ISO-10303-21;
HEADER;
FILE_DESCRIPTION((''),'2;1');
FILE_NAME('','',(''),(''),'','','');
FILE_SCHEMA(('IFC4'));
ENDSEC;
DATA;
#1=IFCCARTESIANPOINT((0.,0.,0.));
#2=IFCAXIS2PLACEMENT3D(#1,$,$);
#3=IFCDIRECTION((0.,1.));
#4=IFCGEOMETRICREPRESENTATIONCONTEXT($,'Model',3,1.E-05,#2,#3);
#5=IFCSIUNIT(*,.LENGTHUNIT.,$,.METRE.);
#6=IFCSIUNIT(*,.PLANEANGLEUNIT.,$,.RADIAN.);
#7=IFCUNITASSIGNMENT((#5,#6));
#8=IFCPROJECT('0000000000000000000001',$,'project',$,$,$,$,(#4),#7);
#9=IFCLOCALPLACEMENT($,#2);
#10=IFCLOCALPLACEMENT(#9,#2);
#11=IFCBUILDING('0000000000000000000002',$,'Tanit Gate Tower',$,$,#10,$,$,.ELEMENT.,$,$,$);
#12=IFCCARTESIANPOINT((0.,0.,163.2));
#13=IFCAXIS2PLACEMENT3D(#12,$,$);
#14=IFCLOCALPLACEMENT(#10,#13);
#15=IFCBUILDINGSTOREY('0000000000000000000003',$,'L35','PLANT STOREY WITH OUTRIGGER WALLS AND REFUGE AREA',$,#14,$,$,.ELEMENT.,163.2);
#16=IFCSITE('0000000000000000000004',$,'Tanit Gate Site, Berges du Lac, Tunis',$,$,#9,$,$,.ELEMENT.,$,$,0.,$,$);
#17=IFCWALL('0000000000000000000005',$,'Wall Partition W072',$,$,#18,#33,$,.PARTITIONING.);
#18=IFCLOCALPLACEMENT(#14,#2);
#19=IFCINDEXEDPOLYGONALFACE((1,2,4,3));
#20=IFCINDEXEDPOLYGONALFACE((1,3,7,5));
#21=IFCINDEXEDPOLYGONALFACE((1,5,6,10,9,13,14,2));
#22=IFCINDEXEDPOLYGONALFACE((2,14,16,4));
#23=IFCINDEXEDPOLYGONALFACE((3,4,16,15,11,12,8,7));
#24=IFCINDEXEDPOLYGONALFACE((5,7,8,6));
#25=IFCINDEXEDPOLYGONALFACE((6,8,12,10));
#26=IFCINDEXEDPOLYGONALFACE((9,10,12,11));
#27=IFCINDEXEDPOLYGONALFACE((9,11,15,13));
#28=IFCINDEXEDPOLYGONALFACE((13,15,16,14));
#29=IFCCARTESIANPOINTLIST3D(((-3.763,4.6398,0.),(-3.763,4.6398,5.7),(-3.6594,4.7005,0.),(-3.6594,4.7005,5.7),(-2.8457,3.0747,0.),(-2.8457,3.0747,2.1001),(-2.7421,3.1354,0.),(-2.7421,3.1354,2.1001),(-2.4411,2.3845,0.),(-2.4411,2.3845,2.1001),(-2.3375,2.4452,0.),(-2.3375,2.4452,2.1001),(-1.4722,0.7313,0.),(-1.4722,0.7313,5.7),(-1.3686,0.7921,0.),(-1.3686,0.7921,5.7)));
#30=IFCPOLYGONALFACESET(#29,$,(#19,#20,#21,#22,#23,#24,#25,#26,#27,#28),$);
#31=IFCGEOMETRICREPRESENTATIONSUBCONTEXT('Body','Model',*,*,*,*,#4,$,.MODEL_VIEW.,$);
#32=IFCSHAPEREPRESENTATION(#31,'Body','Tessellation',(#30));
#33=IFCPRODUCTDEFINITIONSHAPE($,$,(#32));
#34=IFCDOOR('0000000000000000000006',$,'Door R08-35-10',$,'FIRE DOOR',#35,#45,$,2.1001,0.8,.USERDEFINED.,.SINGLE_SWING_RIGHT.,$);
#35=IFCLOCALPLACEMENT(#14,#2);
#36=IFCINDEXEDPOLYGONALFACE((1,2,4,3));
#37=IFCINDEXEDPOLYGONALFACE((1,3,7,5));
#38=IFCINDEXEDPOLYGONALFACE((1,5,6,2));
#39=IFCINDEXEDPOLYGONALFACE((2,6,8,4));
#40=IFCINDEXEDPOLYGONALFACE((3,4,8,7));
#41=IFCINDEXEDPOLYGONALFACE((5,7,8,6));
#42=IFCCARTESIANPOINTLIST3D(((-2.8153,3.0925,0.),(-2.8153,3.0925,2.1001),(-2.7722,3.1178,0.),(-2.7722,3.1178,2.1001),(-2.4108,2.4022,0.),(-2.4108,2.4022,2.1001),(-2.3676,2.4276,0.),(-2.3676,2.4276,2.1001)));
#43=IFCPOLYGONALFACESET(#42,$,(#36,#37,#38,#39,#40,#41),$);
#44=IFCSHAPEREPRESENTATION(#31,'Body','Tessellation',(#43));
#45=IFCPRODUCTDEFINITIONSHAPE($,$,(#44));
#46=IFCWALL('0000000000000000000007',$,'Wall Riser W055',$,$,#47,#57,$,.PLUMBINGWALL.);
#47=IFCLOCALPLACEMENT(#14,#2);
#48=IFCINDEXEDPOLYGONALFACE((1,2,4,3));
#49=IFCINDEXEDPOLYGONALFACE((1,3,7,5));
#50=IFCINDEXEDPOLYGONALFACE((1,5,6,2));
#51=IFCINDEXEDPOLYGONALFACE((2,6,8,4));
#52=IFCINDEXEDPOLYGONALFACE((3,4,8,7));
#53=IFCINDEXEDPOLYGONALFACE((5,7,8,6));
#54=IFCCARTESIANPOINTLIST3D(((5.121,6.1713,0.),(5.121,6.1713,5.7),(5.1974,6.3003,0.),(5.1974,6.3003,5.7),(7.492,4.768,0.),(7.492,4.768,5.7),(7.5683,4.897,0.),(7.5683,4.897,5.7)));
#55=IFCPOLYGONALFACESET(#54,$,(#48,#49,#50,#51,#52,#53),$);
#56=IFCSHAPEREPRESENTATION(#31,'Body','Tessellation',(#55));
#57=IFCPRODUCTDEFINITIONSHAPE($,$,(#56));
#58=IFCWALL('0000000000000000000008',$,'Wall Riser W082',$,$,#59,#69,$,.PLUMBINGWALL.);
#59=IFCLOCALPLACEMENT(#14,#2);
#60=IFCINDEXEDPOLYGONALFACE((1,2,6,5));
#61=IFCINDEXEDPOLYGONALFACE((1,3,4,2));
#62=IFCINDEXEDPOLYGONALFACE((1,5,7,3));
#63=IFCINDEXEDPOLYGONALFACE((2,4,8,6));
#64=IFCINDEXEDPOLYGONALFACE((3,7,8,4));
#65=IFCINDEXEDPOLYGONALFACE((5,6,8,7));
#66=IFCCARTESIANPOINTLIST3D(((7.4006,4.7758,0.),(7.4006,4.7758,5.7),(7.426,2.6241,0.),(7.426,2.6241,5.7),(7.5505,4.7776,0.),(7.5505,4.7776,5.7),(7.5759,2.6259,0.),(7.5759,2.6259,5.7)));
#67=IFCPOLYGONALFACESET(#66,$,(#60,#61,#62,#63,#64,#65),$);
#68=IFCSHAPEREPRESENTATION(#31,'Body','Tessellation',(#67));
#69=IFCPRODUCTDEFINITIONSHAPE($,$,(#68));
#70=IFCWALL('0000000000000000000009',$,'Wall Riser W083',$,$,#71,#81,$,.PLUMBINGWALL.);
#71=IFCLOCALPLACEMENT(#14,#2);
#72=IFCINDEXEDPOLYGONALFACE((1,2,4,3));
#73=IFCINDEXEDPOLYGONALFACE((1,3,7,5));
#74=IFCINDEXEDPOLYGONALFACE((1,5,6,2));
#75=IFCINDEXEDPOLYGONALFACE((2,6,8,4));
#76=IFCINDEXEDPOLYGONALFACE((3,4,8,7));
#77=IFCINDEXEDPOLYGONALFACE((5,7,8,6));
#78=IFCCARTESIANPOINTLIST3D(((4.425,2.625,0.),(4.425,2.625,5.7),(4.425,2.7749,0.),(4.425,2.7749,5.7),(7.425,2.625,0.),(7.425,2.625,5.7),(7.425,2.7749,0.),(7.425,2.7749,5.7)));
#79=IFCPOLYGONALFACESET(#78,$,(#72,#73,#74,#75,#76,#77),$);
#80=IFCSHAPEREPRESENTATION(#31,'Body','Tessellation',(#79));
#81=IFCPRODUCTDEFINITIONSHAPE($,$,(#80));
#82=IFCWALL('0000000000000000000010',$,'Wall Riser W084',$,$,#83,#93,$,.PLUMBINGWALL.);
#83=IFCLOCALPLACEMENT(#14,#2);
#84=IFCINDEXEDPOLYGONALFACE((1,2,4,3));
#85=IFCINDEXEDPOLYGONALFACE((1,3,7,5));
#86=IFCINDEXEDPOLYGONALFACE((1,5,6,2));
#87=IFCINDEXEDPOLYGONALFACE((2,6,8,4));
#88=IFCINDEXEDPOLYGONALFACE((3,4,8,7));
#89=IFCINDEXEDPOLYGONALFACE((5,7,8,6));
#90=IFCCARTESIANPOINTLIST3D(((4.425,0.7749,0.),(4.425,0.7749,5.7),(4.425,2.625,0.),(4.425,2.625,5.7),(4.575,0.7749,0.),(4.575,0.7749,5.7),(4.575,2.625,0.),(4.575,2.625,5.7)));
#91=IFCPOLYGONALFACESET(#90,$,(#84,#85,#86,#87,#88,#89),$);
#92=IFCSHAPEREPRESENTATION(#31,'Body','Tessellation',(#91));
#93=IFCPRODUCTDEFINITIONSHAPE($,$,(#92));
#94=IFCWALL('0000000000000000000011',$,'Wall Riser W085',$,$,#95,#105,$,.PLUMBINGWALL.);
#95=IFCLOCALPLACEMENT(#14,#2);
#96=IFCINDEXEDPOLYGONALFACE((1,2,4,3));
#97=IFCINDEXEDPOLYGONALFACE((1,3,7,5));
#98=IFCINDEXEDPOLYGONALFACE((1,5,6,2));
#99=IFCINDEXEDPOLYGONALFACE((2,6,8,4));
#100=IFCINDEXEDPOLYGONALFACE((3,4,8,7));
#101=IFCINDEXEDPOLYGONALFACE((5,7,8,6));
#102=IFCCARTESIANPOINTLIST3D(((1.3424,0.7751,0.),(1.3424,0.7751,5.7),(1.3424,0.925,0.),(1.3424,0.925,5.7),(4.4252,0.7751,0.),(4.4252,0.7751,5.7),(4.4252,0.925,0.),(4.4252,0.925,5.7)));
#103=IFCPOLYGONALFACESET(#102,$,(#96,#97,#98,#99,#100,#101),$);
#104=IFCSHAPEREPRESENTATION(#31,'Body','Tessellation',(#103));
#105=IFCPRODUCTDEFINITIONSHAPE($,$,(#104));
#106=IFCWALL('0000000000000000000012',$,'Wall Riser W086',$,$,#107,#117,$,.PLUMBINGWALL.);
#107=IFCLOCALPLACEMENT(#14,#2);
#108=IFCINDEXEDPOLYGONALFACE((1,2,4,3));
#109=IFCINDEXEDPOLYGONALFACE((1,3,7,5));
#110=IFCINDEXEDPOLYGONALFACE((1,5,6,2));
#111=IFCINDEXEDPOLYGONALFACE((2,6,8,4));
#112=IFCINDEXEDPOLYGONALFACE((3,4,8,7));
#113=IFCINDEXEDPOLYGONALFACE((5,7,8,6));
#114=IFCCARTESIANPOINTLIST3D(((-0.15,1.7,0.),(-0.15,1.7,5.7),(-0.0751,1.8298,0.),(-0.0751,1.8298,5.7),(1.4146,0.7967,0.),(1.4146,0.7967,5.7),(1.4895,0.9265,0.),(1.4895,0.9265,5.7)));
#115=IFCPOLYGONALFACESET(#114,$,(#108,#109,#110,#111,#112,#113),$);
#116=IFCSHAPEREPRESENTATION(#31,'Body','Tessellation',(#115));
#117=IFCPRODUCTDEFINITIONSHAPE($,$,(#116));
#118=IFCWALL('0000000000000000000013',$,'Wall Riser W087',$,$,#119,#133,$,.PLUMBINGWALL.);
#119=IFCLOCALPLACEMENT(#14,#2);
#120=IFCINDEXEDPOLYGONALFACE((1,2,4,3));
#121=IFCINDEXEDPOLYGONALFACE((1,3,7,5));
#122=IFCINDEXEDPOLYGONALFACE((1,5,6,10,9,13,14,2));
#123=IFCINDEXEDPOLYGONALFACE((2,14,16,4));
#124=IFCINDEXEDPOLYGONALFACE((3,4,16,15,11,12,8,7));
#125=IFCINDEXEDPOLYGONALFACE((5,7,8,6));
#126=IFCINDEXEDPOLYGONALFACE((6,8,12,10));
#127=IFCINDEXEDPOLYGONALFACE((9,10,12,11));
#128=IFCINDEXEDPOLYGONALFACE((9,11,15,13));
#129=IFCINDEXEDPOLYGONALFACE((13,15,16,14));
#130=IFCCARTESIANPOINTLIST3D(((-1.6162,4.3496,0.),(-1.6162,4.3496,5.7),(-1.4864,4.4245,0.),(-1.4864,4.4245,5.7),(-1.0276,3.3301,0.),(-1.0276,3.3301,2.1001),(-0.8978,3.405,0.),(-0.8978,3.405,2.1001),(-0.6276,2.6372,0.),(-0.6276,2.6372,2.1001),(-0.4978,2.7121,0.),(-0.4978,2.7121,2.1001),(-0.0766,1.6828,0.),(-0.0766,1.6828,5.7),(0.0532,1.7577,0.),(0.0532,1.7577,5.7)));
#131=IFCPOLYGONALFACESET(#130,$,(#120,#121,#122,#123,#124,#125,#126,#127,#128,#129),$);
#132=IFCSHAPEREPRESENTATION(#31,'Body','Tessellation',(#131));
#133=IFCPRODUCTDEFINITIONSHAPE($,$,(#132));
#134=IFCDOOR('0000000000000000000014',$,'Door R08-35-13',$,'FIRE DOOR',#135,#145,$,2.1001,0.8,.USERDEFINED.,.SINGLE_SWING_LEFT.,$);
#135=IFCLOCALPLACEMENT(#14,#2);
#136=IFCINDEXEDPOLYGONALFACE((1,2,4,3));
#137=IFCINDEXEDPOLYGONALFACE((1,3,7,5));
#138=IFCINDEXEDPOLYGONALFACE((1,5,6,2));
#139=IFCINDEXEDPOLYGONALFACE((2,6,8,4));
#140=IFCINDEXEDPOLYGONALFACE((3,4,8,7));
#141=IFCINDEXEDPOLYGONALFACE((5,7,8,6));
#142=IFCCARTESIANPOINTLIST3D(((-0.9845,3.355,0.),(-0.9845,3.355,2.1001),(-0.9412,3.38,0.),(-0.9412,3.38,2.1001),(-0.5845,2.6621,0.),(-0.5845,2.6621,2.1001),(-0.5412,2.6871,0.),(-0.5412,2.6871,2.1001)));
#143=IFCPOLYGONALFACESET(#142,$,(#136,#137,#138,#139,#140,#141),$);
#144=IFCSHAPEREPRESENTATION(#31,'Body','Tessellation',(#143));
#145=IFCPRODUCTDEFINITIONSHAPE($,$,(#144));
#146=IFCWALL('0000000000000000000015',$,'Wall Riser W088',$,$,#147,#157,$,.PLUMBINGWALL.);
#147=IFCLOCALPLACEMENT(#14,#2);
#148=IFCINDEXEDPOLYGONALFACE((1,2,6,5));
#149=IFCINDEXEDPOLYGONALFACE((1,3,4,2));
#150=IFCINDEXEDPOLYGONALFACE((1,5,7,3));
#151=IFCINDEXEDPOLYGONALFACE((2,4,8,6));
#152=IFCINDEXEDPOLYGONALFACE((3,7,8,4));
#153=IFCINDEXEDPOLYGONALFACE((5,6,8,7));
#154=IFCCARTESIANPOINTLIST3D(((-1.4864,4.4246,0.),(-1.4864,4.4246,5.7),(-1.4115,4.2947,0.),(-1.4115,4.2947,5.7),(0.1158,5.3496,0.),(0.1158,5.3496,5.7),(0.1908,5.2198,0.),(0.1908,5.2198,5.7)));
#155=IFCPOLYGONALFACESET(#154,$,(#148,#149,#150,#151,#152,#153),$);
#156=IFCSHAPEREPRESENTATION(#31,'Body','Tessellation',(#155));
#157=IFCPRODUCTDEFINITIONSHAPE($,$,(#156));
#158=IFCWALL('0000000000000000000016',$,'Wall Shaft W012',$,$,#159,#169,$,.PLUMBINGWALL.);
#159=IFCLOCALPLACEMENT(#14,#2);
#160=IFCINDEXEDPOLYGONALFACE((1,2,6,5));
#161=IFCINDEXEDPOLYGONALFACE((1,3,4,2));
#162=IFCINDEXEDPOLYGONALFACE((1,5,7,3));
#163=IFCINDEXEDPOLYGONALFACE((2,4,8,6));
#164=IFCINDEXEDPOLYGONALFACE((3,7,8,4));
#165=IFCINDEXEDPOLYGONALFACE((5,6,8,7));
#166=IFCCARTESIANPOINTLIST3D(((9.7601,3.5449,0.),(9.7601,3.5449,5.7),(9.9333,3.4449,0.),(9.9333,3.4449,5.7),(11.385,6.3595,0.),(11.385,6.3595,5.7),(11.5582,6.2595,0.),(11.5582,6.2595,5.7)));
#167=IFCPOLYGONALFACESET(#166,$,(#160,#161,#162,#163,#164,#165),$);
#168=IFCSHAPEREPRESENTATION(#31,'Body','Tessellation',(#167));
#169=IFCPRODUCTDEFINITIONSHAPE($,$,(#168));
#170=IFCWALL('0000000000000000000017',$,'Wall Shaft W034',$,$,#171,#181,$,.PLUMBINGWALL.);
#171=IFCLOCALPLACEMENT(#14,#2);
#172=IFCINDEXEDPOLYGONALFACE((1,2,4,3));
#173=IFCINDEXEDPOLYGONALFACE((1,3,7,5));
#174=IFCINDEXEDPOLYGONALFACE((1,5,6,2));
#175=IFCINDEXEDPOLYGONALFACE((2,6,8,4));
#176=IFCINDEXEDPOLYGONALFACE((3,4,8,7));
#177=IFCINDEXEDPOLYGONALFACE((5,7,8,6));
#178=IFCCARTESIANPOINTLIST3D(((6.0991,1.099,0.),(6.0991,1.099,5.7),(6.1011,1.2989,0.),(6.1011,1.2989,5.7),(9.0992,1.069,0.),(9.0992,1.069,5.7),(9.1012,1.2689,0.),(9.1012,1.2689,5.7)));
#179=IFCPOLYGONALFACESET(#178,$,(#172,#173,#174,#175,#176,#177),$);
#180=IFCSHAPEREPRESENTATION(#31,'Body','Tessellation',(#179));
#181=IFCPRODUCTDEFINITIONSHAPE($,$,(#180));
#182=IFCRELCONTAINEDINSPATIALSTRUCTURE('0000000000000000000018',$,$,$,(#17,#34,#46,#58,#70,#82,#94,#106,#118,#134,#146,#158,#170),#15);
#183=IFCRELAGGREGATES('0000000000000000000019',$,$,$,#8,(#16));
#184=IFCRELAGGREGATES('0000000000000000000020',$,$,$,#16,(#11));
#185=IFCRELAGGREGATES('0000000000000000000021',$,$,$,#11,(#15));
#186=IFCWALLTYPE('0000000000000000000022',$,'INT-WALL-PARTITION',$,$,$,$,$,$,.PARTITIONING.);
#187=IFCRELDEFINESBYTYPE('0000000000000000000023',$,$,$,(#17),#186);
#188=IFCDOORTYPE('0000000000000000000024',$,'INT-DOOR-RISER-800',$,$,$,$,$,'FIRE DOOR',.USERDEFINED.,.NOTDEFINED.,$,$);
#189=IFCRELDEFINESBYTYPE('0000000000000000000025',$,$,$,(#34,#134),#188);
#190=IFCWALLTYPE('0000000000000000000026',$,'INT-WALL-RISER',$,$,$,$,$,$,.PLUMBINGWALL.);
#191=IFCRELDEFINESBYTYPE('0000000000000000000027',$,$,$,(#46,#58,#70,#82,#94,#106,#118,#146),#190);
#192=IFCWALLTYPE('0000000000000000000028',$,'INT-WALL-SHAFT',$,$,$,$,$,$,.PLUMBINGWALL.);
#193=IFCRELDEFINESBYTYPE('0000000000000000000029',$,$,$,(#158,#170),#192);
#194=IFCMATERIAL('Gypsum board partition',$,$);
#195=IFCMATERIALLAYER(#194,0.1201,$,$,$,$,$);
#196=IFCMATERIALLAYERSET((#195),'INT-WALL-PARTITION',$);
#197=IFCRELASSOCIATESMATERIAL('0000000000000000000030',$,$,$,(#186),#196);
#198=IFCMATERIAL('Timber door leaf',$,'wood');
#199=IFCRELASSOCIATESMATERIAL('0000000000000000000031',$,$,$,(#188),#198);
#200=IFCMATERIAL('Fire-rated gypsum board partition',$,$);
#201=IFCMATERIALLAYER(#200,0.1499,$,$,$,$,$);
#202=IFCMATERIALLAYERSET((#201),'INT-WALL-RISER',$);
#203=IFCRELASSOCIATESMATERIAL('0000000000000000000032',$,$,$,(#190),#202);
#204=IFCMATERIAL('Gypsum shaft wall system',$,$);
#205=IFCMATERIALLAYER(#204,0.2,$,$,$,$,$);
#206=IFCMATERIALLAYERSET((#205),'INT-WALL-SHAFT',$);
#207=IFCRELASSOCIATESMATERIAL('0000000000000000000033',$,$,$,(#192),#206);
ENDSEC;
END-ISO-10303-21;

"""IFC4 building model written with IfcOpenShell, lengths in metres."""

from ifc_helpers import new_model, si_unit, direction, frame, frame_2d, origin, place, context, subcontext, project, spatial, rectangle, extrude, material, layer, layer_set, type_object, element, fill, save


model = new_model("IFC4")

# Units and contexts
model_context = context("Model", 3, precision=1e-05, world=origin(), true_north=direction((0.0, 1.0)))
body_context = subcontext(model_context, "Body", "Model", "MODEL_VIEW")
ifc_project = project(units=[si_unit("LENGTHUNIT", "METRE"), si_unit("PLANEANGLEUNIT", "RADIAN")], contexts=[model_context])

# Site, building, storey
site_placement = place(None, origin())
site = spatial("IfcSite", under=ifc_project, at=site_placement, Name="Tanit Gate Site, Berges du Lac, Tunis", CompositionType="ELEMENT", RefElevation=0.0)
building_placement = place(site_placement, origin())
building = spatial("IfcBuilding", under=site, at=building_placement, Name="Tanit Gate Tower", CompositionType="ELEMENT")
storey_placement = place(building_placement, frame((0.0, 0.0, 163.2)))
storey = spatial("IfcBuildingStorey", under=building, at=storey_placement, Name="L35", Description="PLANT STOREY WITH OUTRIGGER WALLS AND REFUGE AREA", CompositionType="ELEMENT", Elevation=163.2)

# Wall, opening, door
ifc_material_1 = material(Name="Gypsum board partition")
ifc_layer_1 = layer(ifc_material_1, 0.1201)
ifc_layer_set_1 = layer_set([ifc_layer_1], Name="INT-WALL-PARTITION")
wall_type_1 = type_object("IfcWallType", Name="INT-WALL-PARTITION", PredefinedType="PARTITIONING", material=ifc_layer_set_1)
ifc_material_2 = material(Name="Timber door leaf", Category="wood")
door_type_1 = type_object("IfcDoorType", Name="INT-DOOR-RISER-800", ElementType="FIRE DOOR", OperationType="NOTDEFINED", PredefinedType="USERDEFINED", material=ifc_material_2)
wall_1_placement = place(storey_placement, frame((-1.4204, 0.7617, 0.0), z_axis=(0.0, 0.0, 1.0), x_axis=(-0.505656, 0.862735, 0.0)))
wall_1 = element("IfcWall", 1, at=wall_1_placement, inside=storey, type_object=wall_type_1, Name="Wall Partition W072", PredefinedType="PARTITIONING", context=body_context, shape_type="SweptSolid", body=[
    extrude(rectangle(XDim=4.5303, YDim=0.1201, at=frame_2d((2.2651, 0.0))), origin(), (0.0, 0.0, 1.0), 5.7),
])
opening_1_placement = place(wall_1_placement, frame((1.9163, 0.0, 0.0)))
opening_1 = element("IfcOpeningElement", 2, at=opening_1_placement, cuts=wall_1, PredefinedType="OPENING", context=body_context, shape_type="SweptSolid", body=[
    extrude(rectangle(XDim=0.8, YDim=2.1001, at=frame_2d((0.3999, 1.05))), frame((0.0, 0.0701, 0.0), z_axis=(0.0, -1.0, 0.0), x_axis=(1.0, 0.0, 0.0)), (0.0, 0.0, 1.0), 0.1401),
])
door_1_placement = place(opening_1_placement, origin())
door_1 = element("IfcDoor", 3, at=door_1_placement, inside=storey, type_object=door_type_1, Name="Door R08-35-10", ObjectType="FIRE DOOR", OperationType="SINGLE_SWING_RIGHT", OverallHeight=2.1001, OverallWidth=0.8, PredefinedType="USERDEFINED", context=body_context, shape_type="SweptSolid", body=[
    extrude(rectangle(XDim=0.8, YDim=2.1001, at=frame_2d((0.3999, 1.05))), frame((0.0, 0.0249, 0.0), z_axis=(0.0, -1.0, 0.0), x_axis=(1.0, 0.0, 0.0)), (0.0, 0.0, 1.0), 0.05),
])
fill(opening_1, door_1)

# Walls
ifc_material_3 = material(Name="Fire-rated gypsum board partition")
ifc_layer_2 = layer(ifc_material_3, 0.1499)
ifc_layer_set_2 = layer_set([ifc_layer_2], Name="INT-WALL-RISER")
wall_type_2 = type_object("IfcWallType", Name="INT-WALL-RISER", PredefinedType="PLUMBINGWALL", material=ifc_layer_set_2)
wall_2_placement = place(storey_placement, frame((7.53, 4.8325, 0.0), z_axis=(0.0, 0.0, 1.0), x_axis=(-0.860551, 0.509365, 0.0)))
element("IfcWall", 4, at=wall_2_placement, inside=storey, type_object=wall_type_2, Name="Wall Riser W055", PredefinedType="PLUMBINGWALL", context=body_context, shape_type="SweptSolid", body=[
    extrude(rectangle(XDim=2.7551, YDim=0.1499, at=frame_2d((1.3774, 0.0))), origin(), (0.0, 0.0, 1.0), 5.7),
])
wall_3_placement = place(storey_placement, frame((7.501, 2.625, 0.0), z_axis=(0.0, 0.0, 1.0), x_axis=(-0.0118, 0.99993, 0.0)))
element("IfcWall", 5, at=wall_3_placement, inside=storey, type_object=wall_type_2, Name="Wall Riser W082", PredefinedType="PLUMBINGWALL", context=body_context, shape_type="SweptSolid", body=[
    extrude(rectangle(XDim=2.1519, YDim=0.1499, at=frame_2d((1.0759, 0.0))), origin(), (0.0, 0.0, 1.0), 5.7),
])
wall_4_placement = place(storey_placement, frame((4.425, 2.7, 0.0), z_axis=(0.0, 0.0, 1.0), x_axis=(1.0, 0.0, 0.0)))
element("IfcWall", 6, at=wall_4_placement, inside=storey, type_object=wall_type_2, Name="Wall Riser W083", PredefinedType="PLUMBINGWALL", context=body_context, shape_type="SweptSolid", body=[
    extrude(rectangle(XDim=3.0, YDim=0.1499, at=frame_2d((1.5, 0.0))), origin(), (0.0, 0.0, 1.0), 5.7),
])
wall_5_placement = place(storey_placement, frame((4.5, 0.7749, 0.0), z_axis=(0.0, 0.0, 1.0), x_axis=(0.0, 1.0, 0.0)))
element("IfcWall", 7, at=wall_5_placement, inside=storey, type_object=wall_type_2, Name="Wall Riser W084", PredefinedType="PLUMBINGWALL", context=body_context, shape_type="SweptSolid", body=[
    extrude(rectangle(XDim=1.8501, YDim=0.1499, at=frame_2d((0.925, 0.0))), origin(), (0.0, 0.0, 1.0), 5.7),
])
wall_6_placement = place(storey_placement, frame((1.3423, 0.8501, 0.0), z_axis=(0.0, 0.0, 1.0), x_axis=(1.0, 0.0, 0.0)))
element("IfcWall", 8, at=wall_6_placement, inside=storey, type_object=wall_type_2, Name="Wall Riser W085", PredefinedType="PLUMBINGWALL", context=body_context, shape_type="SweptSolid", body=[
    extrude(rectangle(XDim=3.0828, YDim=0.1499, at=frame_2d((1.5415, 0.0))), origin(), (0.0, 0.0, 1.0), 5.7),
])
wall_7_placement = place(storey_placement, frame((-0.1125, 1.7649, 0.0), z_axis=(0.0, 0.0, 1.0), x_axis=(0.866039, -0.499976, 0.0)))
element("IfcWall", 9, at=wall_7_placement, inside=storey, type_object=wall_type_2, Name="Wall Riser W086", PredefinedType="PLUMBINGWALL", context=body_context, shape_type="SweptSolid", body=[
    extrude(rectangle(XDim=1.8066, YDim=0.1499, at=frame_2d((0.9033, 0.0))), origin(), (0.0, 0.0, 1.0), 5.7),
])

# Wall, opening, door
wall_8_placement = place(storey_placement, frame((-1.5513, 4.387, 0.0), z_axis=(0.0, 0.0, 1.0), x_axis=(0.499976, -0.866039, 0.0)))
wall_8 = element("IfcWall", 10, at=wall_8_placement, inside=storey, type_object=wall_type_2, Name="Wall Riser W087", PredefinedType="PLUMBINGWALL", context=body_context, shape_type="SweptSolid", body=[
    extrude(rectangle(XDim=3.0793, YDim=0.1499, at=frame_2d((1.5396, 0.0))), origin(), (0.0, 0.0, 1.0), 5.7),
])
opening_2_placement = place(wall_8_placement, frame((1.1772, 0.0, 0.0)))
opening_2 = element("IfcOpeningElement", 11, at=opening_2_placement, cuts=wall_8, PredefinedType="OPENING", context=body_context, shape_type="SweptSolid", body=[
    extrude(rectangle(XDim=0.8, YDim=2.1001, at=frame_2d((0.3999, 1.05))), frame((0.0, 0.085, 0.0), z_axis=(0.0, -1.0, 0.0), x_axis=(1.0, 0.0, 0.0)), (0.0, 0.0, 1.0), 0.1699),
])
door_2_placement = place(opening_2_placement, origin())
door_2 = element("IfcDoor", 12, at=door_2_placement, inside=storey, type_object=door_type_1, Name="Door R08-35-13", ObjectType="FIRE DOOR", OperationType="SINGLE_SWING_LEFT", OverallHeight=2.1001, OverallWidth=0.8, PredefinedType="USERDEFINED", context=body_context, shape_type="SweptSolid", body=[
    extrude(rectangle(XDim=0.8, YDim=2.1001, at=frame_2d((0.3999, 1.05))), frame((0.0, 0.0249, 0.0), z_axis=(0.0, -1.0, 0.0), x_axis=(1.0, 0.0, 0.0)), (0.0, 0.0, 1.0), 0.05),
])
fill(opening_2, door_2)

# Walls
wall_9_placement = place(storey_placement, frame((0.1533, 5.2847, 0.0), z_axis=(0.0, 0.0, 1.0), x_axis=(-0.866034, -0.499985, 0.0)))
element("IfcWall", 13, at=wall_9_placement, inside=storey, type_object=wall_type_2, Name="Wall Riser W088", PredefinedType="PLUMBINGWALL", context=body_context, shape_type="SweptSolid", body=[
    extrude(rectangle(XDim=1.8501, YDim=0.1499, at=frame_2d((0.925, 0.0))), origin(), (0.0, 0.0, 1.0), 5.7),
])
ifc_material_4 = material(Name="Gypsum shaft wall system")
ifc_layer_3 = layer(ifc_material_4, 0.2)
ifc_layer_set_3 = layer_set([ifc_layer_3], Name="INT-WALL-SHAFT")
wall_type_3 = type_object("IfcWallType", Name="INT-WALL-SHAFT", PredefinedType="PLUMBINGWALL", material=ifc_layer_set_3)
wall_10_placement = place(storey_placement, frame((9.8467, 3.4949, 0.0), z_axis=(0.0, 0.0, 1.0), x_axis=(0.499985, 0.866034, 0.0)))
element("IfcWall", 14, at=wall_10_placement, inside=storey, type_object=wall_type_3, Name="Wall Shaft W012", PredefinedType="PLUMBINGWALL", context=body_context, shape_type="SweptSolid", body=[
    extrude(rectangle(XDim=3.25, YDim=0.2, at=frame_2d((1.625, 0.0))), origin(), (0.0, 0.0, 1.0), 5.7),
])

# Wall
wall_11_placement = place(storey_placement, frame((9.1001, 1.1689, 0.0), z_axis=(0.0, 0.0, 1.0), x_axis=(-0.99995, 0.010009, 0.0)))
element("IfcWall", 15, at=wall_11_placement, inside=storey, type_object=wall_type_3, Name="Wall Shaft W034", PredefinedType="PLUMBINGWALL", context=body_context, shape_type="SweptSolid", body=[
    extrude(rectangle(XDim=3.0002, YDim=0.2, at=frame_2d((1.5, 0.0))), origin(), (0.0, 0.0, 1.0), 5.7),
])

save(model, "model.ifc")
